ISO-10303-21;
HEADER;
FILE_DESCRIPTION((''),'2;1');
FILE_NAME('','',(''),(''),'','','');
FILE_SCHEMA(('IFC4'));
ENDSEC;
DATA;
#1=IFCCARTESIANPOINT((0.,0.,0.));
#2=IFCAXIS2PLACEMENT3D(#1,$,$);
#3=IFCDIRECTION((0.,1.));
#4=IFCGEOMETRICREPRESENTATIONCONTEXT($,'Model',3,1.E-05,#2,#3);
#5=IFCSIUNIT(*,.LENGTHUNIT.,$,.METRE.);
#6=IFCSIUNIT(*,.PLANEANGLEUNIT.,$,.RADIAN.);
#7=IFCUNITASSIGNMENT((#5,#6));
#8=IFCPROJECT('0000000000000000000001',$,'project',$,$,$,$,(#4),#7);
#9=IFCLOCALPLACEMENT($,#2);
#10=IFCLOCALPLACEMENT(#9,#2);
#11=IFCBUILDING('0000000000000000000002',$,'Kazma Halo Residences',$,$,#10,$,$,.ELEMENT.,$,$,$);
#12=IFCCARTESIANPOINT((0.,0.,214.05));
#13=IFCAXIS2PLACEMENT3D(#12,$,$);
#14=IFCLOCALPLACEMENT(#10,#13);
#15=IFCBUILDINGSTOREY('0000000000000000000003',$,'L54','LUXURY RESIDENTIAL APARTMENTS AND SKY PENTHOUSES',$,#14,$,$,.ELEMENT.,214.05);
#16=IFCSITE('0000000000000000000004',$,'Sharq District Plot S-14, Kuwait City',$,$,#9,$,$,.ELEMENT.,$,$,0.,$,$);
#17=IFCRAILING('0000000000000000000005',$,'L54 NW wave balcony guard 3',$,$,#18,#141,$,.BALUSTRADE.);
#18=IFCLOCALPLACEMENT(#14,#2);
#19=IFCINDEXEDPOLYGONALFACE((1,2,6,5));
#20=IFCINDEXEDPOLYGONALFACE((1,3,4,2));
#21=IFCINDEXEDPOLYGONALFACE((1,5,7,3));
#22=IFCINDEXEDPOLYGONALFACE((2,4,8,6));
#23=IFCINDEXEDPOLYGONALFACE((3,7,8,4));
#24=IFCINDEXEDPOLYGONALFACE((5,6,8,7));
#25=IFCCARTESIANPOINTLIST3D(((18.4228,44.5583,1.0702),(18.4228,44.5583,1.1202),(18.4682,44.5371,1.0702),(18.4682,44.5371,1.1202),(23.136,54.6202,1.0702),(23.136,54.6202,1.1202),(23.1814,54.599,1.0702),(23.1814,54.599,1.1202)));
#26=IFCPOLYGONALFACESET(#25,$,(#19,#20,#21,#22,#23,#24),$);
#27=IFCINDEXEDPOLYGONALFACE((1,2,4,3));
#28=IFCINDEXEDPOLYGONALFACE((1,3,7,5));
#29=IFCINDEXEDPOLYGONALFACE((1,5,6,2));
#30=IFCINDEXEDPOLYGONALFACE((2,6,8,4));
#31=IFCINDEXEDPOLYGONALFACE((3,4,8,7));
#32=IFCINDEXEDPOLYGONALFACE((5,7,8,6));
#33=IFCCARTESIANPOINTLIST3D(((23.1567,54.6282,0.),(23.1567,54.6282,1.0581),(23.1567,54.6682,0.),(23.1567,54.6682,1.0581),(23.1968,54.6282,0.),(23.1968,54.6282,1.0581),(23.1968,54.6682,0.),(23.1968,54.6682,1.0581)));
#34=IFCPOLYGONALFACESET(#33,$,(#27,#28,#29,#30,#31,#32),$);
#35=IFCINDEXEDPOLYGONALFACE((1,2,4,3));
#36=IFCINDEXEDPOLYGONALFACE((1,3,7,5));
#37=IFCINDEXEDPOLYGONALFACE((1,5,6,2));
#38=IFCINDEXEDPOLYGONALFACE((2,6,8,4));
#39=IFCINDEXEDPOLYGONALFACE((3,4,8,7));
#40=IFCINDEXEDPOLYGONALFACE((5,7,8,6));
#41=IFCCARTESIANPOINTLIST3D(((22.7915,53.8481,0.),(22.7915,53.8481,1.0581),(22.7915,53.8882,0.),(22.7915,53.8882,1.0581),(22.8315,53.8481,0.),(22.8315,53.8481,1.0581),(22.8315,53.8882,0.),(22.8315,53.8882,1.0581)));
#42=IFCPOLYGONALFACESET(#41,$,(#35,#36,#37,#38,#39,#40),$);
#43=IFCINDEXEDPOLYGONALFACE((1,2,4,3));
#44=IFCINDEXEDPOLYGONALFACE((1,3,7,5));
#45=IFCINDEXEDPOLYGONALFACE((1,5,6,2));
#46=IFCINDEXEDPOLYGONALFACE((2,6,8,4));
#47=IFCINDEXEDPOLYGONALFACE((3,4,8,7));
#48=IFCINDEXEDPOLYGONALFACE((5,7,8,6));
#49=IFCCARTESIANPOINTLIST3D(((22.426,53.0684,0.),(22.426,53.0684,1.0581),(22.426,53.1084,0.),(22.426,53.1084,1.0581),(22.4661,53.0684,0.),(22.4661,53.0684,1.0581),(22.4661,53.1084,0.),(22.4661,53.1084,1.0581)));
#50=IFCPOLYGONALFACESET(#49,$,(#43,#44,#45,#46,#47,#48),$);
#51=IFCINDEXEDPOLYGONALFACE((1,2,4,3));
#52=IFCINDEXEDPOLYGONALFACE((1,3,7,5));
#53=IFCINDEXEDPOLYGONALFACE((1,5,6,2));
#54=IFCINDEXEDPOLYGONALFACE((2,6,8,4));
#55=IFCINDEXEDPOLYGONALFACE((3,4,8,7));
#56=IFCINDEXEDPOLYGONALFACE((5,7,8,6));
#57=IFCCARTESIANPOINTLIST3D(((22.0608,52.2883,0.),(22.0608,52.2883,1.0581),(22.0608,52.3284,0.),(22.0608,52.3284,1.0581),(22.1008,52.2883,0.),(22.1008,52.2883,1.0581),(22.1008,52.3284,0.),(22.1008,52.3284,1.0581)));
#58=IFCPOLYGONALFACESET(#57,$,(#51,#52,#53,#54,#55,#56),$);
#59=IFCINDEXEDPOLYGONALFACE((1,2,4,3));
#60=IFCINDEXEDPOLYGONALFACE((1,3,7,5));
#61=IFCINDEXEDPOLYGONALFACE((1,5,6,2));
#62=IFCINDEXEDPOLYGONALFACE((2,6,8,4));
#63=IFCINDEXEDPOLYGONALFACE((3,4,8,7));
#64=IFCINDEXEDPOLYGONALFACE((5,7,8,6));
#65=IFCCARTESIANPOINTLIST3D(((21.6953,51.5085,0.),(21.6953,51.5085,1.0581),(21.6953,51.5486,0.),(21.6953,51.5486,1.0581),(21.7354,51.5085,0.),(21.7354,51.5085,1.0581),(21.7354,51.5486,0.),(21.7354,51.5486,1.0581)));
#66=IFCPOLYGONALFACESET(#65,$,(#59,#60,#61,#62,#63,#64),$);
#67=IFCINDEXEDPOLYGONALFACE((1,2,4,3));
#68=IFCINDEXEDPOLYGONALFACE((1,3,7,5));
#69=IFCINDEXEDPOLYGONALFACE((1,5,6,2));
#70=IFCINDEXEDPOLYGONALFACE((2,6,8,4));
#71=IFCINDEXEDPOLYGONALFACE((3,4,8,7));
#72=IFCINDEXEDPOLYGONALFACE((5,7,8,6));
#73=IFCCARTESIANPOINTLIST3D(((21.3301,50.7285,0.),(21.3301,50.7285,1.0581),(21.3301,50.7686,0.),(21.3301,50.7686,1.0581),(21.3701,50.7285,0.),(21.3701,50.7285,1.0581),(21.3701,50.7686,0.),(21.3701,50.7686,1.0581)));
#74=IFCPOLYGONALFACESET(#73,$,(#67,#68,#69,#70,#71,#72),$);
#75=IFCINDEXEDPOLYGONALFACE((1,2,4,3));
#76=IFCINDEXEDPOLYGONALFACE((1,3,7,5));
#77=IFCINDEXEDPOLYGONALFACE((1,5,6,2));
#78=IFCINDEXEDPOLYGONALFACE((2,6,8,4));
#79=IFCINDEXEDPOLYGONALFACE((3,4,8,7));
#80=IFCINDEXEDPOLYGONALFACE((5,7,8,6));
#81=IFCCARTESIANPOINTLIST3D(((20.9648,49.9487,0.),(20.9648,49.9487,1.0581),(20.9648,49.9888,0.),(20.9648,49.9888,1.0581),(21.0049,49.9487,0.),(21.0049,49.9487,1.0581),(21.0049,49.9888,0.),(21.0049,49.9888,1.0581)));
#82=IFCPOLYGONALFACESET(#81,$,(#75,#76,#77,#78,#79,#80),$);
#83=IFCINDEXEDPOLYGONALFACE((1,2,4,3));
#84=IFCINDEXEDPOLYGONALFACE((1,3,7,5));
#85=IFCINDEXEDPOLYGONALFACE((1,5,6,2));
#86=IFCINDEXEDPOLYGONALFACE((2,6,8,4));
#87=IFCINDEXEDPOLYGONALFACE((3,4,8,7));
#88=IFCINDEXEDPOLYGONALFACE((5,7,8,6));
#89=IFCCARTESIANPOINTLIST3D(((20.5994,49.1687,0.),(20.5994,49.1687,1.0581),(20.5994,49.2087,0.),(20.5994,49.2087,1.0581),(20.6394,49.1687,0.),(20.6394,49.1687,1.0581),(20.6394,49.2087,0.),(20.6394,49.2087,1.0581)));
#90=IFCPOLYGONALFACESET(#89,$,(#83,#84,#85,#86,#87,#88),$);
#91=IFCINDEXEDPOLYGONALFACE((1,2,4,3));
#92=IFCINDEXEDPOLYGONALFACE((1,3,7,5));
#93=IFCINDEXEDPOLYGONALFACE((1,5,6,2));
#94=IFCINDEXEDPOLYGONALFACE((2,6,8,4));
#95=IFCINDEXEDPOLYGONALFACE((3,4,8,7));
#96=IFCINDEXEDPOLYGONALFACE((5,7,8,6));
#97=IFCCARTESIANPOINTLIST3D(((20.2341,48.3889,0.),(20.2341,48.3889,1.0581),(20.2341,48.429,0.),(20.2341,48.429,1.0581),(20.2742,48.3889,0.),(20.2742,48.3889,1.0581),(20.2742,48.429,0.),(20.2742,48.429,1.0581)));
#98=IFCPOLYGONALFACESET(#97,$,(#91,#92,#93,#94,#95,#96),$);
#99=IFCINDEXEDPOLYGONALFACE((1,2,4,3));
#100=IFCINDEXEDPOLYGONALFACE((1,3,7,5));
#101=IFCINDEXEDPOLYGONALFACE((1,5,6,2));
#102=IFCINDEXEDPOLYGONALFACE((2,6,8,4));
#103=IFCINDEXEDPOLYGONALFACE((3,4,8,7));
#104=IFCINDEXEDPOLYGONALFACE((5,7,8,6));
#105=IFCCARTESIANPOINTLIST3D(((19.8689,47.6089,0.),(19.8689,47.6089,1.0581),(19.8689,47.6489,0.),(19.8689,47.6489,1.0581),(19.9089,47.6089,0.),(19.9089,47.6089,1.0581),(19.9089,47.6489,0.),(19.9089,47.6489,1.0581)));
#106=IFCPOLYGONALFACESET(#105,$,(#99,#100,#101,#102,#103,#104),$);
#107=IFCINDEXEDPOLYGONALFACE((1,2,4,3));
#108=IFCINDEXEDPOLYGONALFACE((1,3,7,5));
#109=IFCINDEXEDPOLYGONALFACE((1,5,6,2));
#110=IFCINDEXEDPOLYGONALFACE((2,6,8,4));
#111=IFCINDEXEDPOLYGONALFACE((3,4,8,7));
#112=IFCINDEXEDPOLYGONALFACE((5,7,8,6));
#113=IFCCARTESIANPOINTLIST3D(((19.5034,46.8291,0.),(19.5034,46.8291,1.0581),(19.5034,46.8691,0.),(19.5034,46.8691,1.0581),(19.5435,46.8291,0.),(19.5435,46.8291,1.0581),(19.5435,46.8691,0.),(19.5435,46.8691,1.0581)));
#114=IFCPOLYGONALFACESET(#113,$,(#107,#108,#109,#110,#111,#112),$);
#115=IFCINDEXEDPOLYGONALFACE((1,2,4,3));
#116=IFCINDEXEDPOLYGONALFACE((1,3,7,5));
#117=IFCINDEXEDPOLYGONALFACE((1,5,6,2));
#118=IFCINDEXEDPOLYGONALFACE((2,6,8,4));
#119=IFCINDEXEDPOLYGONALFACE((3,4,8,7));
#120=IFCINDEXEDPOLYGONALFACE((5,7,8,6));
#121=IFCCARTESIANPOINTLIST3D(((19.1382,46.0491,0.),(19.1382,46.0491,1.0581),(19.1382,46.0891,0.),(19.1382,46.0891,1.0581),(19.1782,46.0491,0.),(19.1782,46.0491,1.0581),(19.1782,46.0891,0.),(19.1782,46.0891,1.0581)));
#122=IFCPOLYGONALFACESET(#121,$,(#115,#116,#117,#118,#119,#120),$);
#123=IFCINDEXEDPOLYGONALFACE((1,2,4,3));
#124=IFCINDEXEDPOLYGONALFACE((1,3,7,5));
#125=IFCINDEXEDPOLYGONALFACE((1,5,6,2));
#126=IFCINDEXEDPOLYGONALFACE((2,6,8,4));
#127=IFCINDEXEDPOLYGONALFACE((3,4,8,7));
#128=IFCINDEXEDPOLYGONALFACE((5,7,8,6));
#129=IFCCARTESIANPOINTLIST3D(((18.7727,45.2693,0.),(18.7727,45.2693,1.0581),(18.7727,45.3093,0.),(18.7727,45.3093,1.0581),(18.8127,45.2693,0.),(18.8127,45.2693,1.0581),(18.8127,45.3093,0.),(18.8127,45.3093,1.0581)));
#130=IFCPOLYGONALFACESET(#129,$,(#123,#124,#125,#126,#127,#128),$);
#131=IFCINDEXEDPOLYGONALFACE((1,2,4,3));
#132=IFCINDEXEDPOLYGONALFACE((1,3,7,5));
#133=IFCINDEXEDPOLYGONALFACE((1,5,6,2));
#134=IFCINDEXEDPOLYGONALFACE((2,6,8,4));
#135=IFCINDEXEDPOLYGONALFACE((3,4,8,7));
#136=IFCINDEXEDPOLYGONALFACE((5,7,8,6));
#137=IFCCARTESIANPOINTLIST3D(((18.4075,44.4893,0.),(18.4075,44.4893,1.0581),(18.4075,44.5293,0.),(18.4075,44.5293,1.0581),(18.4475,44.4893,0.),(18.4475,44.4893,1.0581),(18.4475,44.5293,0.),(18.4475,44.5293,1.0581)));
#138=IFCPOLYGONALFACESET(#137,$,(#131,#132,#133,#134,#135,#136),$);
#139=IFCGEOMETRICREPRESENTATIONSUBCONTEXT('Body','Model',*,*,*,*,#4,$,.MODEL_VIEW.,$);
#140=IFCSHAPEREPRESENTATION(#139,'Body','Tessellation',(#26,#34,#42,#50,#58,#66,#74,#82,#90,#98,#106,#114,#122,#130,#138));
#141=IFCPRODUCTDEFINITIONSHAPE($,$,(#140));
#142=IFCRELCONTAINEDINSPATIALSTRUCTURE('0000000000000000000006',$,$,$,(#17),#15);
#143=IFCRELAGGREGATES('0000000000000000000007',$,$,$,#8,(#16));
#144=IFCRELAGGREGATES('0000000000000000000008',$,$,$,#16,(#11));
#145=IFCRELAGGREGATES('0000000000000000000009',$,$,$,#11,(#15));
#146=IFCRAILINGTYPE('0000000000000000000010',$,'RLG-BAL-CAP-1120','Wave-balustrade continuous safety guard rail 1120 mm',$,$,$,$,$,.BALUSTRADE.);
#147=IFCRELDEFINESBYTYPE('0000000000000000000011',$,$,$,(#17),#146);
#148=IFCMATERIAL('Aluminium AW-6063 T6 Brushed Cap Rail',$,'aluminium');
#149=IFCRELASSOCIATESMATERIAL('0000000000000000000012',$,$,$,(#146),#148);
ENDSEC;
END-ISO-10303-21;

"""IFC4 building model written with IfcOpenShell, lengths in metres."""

from ifc_helpers import new_model, si_unit, direction, frame, origin, origin_2d, place, context, subcontext, project, spatial, rectangle, extrude, material, type_object, element, save


model = new_model("IFC4")

# Units and contexts
model_context = context("Model", 3, precision=1e-05, world=origin(), true_north=direction((0.0, 1.0)))
body_context = subcontext(model_context, "Body", "Model", "MODEL_VIEW")
ifc_project = project(units=[si_unit("LENGTHUNIT", "METRE"), si_unit("PLANEANGLEUNIT", "RADIAN")], contexts=[model_context])

# Site, building, storey
site_placement = place(None, origin())
site = spatial("IfcSite", under=ifc_project, at=site_placement, Name="Sharq District Plot S-14, Kuwait City", CompositionType="ELEMENT", RefElevation=0.0)
building_placement = place(site_placement, origin())
building = spatial("IfcBuilding", under=site, at=building_placement, Name="Kazma Halo Residences", CompositionType="ELEMENT")
storey_placement = place(building_placement, frame((0.0, 0.0, 214.05)))
storey = spatial("IfcBuildingStorey", under=building, at=storey_placement, Name="L54", Description="LUXURY RESIDENTIAL APARTMENTS AND SKY PENTHOUSES", CompositionType="ELEMENT", Elevation=214.05)

# Railing
ifc_material_1 = material(Name="Aluminium AW-6063 T6 Brushed Cap Rail", Category="aluminium")
railing_type = type_object("IfcRailingType", Name="RLG-BAL-CAP-1120", Description="Wave-balustrade continuous safety guard rail 1120 mm", PredefinedType="BALUSTRADE", material=ifc_material_1)
railing_1_placement = place(storey_placement, frame((23.1768, 54.6482, 0.0)))
element("IfcRailing", 1, at=railing_1_placement, inside=storey, type_object=railing_type, Name="L54 NW wave balcony guard 3", PredefinedType="BALUSTRADE", context=body_context, shape_type="SweptSolid", body=[
    extrude(rectangle(XDim=0.05, YDim=0.05, at=origin_2d()), frame((-0.0181, -0.0386, 1.0952), z_axis=(-0.424189, -0.905574, 0.0), x_axis=(0.905574, -0.424189, 0.0)), (0.0, 0.0, 1.0), 11.1111),
    extrude(rectangle(XDim=0.04, YDim=0.04, at=origin_2d()), origin(), (0.0, 0.0, 1.0), 1.0581),
    extrude(rectangle(XDim=0.04, YDim=0.04, at=origin_2d()), frame((-0.3652, -0.78, 0.0)), (0.0, 0.0, 1.0), 1.0581),
    extrude(rectangle(XDim=0.04, YDim=0.04, at=origin_2d()), frame((-0.7307, -1.5598, 0.0)), (0.0, 0.0, 1.0), 1.0581),
    extrude(rectangle(XDim=0.04, YDim=0.04, at=origin_2d()), frame((-1.0959, -2.3398, 0.0)), (0.0, 0.0, 1.0), 1.0581),
    extrude(rectangle(XDim=0.04, YDim=0.04, at=origin_2d()), frame((-1.4614, -3.1196, 0.0)), (0.0, 0.0, 1.0), 1.0581),
    extrude(rectangle(XDim=0.04, YDim=0.04, at=origin_2d()), frame((-1.8267, -3.8997, 0.0)), (0.0, 0.0, 1.0), 1.0581),
    extrude(rectangle(XDim=0.04, YDim=0.04, at=origin_2d()), frame((-2.1919, -4.6794, 0.0)), (0.0, 0.0, 1.0), 1.0581),
    extrude(rectangle(XDim=0.04, YDim=0.04, at=origin_2d()), frame((-2.5574, -5.4595, 0.0)), (0.0, 0.0, 1.0), 1.0581),
    extrude(rectangle(XDim=0.04, YDim=0.04, at=origin_2d()), frame((-2.9226, -6.2393, 0.0)), (0.0, 0.0, 1.0), 1.0581),
    extrude(rectangle(XDim=0.04, YDim=0.04, at=origin_2d()), frame((-3.2878, -7.0193, 0.0)), (0.0, 0.0, 1.0), 1.0581),
    extrude(rectangle(XDim=0.04, YDim=0.04, at=origin_2d()), frame((-3.6533, -7.7991, 0.0)), (0.0, 0.0, 1.0), 1.0581),
    extrude(rectangle(XDim=0.04, YDim=0.04, at=origin_2d()), frame((-4.0186, -8.5791, 0.0)), (0.0, 0.0, 1.0), 1.0581),
    extrude(rectangle(XDim=0.04, YDim=0.04, at=origin_2d()), frame((-4.384, -9.3589, 0.0)), (0.0, 0.0, 1.0), 1.0581),
    extrude(rectangle(XDim=0.04, YDim=0.04, at=origin_2d()), frame((-4.7493, -10.1389, 0.0)), (0.0, 0.0, 1.0), 1.0581),
])

save(model, "model.ifc")
